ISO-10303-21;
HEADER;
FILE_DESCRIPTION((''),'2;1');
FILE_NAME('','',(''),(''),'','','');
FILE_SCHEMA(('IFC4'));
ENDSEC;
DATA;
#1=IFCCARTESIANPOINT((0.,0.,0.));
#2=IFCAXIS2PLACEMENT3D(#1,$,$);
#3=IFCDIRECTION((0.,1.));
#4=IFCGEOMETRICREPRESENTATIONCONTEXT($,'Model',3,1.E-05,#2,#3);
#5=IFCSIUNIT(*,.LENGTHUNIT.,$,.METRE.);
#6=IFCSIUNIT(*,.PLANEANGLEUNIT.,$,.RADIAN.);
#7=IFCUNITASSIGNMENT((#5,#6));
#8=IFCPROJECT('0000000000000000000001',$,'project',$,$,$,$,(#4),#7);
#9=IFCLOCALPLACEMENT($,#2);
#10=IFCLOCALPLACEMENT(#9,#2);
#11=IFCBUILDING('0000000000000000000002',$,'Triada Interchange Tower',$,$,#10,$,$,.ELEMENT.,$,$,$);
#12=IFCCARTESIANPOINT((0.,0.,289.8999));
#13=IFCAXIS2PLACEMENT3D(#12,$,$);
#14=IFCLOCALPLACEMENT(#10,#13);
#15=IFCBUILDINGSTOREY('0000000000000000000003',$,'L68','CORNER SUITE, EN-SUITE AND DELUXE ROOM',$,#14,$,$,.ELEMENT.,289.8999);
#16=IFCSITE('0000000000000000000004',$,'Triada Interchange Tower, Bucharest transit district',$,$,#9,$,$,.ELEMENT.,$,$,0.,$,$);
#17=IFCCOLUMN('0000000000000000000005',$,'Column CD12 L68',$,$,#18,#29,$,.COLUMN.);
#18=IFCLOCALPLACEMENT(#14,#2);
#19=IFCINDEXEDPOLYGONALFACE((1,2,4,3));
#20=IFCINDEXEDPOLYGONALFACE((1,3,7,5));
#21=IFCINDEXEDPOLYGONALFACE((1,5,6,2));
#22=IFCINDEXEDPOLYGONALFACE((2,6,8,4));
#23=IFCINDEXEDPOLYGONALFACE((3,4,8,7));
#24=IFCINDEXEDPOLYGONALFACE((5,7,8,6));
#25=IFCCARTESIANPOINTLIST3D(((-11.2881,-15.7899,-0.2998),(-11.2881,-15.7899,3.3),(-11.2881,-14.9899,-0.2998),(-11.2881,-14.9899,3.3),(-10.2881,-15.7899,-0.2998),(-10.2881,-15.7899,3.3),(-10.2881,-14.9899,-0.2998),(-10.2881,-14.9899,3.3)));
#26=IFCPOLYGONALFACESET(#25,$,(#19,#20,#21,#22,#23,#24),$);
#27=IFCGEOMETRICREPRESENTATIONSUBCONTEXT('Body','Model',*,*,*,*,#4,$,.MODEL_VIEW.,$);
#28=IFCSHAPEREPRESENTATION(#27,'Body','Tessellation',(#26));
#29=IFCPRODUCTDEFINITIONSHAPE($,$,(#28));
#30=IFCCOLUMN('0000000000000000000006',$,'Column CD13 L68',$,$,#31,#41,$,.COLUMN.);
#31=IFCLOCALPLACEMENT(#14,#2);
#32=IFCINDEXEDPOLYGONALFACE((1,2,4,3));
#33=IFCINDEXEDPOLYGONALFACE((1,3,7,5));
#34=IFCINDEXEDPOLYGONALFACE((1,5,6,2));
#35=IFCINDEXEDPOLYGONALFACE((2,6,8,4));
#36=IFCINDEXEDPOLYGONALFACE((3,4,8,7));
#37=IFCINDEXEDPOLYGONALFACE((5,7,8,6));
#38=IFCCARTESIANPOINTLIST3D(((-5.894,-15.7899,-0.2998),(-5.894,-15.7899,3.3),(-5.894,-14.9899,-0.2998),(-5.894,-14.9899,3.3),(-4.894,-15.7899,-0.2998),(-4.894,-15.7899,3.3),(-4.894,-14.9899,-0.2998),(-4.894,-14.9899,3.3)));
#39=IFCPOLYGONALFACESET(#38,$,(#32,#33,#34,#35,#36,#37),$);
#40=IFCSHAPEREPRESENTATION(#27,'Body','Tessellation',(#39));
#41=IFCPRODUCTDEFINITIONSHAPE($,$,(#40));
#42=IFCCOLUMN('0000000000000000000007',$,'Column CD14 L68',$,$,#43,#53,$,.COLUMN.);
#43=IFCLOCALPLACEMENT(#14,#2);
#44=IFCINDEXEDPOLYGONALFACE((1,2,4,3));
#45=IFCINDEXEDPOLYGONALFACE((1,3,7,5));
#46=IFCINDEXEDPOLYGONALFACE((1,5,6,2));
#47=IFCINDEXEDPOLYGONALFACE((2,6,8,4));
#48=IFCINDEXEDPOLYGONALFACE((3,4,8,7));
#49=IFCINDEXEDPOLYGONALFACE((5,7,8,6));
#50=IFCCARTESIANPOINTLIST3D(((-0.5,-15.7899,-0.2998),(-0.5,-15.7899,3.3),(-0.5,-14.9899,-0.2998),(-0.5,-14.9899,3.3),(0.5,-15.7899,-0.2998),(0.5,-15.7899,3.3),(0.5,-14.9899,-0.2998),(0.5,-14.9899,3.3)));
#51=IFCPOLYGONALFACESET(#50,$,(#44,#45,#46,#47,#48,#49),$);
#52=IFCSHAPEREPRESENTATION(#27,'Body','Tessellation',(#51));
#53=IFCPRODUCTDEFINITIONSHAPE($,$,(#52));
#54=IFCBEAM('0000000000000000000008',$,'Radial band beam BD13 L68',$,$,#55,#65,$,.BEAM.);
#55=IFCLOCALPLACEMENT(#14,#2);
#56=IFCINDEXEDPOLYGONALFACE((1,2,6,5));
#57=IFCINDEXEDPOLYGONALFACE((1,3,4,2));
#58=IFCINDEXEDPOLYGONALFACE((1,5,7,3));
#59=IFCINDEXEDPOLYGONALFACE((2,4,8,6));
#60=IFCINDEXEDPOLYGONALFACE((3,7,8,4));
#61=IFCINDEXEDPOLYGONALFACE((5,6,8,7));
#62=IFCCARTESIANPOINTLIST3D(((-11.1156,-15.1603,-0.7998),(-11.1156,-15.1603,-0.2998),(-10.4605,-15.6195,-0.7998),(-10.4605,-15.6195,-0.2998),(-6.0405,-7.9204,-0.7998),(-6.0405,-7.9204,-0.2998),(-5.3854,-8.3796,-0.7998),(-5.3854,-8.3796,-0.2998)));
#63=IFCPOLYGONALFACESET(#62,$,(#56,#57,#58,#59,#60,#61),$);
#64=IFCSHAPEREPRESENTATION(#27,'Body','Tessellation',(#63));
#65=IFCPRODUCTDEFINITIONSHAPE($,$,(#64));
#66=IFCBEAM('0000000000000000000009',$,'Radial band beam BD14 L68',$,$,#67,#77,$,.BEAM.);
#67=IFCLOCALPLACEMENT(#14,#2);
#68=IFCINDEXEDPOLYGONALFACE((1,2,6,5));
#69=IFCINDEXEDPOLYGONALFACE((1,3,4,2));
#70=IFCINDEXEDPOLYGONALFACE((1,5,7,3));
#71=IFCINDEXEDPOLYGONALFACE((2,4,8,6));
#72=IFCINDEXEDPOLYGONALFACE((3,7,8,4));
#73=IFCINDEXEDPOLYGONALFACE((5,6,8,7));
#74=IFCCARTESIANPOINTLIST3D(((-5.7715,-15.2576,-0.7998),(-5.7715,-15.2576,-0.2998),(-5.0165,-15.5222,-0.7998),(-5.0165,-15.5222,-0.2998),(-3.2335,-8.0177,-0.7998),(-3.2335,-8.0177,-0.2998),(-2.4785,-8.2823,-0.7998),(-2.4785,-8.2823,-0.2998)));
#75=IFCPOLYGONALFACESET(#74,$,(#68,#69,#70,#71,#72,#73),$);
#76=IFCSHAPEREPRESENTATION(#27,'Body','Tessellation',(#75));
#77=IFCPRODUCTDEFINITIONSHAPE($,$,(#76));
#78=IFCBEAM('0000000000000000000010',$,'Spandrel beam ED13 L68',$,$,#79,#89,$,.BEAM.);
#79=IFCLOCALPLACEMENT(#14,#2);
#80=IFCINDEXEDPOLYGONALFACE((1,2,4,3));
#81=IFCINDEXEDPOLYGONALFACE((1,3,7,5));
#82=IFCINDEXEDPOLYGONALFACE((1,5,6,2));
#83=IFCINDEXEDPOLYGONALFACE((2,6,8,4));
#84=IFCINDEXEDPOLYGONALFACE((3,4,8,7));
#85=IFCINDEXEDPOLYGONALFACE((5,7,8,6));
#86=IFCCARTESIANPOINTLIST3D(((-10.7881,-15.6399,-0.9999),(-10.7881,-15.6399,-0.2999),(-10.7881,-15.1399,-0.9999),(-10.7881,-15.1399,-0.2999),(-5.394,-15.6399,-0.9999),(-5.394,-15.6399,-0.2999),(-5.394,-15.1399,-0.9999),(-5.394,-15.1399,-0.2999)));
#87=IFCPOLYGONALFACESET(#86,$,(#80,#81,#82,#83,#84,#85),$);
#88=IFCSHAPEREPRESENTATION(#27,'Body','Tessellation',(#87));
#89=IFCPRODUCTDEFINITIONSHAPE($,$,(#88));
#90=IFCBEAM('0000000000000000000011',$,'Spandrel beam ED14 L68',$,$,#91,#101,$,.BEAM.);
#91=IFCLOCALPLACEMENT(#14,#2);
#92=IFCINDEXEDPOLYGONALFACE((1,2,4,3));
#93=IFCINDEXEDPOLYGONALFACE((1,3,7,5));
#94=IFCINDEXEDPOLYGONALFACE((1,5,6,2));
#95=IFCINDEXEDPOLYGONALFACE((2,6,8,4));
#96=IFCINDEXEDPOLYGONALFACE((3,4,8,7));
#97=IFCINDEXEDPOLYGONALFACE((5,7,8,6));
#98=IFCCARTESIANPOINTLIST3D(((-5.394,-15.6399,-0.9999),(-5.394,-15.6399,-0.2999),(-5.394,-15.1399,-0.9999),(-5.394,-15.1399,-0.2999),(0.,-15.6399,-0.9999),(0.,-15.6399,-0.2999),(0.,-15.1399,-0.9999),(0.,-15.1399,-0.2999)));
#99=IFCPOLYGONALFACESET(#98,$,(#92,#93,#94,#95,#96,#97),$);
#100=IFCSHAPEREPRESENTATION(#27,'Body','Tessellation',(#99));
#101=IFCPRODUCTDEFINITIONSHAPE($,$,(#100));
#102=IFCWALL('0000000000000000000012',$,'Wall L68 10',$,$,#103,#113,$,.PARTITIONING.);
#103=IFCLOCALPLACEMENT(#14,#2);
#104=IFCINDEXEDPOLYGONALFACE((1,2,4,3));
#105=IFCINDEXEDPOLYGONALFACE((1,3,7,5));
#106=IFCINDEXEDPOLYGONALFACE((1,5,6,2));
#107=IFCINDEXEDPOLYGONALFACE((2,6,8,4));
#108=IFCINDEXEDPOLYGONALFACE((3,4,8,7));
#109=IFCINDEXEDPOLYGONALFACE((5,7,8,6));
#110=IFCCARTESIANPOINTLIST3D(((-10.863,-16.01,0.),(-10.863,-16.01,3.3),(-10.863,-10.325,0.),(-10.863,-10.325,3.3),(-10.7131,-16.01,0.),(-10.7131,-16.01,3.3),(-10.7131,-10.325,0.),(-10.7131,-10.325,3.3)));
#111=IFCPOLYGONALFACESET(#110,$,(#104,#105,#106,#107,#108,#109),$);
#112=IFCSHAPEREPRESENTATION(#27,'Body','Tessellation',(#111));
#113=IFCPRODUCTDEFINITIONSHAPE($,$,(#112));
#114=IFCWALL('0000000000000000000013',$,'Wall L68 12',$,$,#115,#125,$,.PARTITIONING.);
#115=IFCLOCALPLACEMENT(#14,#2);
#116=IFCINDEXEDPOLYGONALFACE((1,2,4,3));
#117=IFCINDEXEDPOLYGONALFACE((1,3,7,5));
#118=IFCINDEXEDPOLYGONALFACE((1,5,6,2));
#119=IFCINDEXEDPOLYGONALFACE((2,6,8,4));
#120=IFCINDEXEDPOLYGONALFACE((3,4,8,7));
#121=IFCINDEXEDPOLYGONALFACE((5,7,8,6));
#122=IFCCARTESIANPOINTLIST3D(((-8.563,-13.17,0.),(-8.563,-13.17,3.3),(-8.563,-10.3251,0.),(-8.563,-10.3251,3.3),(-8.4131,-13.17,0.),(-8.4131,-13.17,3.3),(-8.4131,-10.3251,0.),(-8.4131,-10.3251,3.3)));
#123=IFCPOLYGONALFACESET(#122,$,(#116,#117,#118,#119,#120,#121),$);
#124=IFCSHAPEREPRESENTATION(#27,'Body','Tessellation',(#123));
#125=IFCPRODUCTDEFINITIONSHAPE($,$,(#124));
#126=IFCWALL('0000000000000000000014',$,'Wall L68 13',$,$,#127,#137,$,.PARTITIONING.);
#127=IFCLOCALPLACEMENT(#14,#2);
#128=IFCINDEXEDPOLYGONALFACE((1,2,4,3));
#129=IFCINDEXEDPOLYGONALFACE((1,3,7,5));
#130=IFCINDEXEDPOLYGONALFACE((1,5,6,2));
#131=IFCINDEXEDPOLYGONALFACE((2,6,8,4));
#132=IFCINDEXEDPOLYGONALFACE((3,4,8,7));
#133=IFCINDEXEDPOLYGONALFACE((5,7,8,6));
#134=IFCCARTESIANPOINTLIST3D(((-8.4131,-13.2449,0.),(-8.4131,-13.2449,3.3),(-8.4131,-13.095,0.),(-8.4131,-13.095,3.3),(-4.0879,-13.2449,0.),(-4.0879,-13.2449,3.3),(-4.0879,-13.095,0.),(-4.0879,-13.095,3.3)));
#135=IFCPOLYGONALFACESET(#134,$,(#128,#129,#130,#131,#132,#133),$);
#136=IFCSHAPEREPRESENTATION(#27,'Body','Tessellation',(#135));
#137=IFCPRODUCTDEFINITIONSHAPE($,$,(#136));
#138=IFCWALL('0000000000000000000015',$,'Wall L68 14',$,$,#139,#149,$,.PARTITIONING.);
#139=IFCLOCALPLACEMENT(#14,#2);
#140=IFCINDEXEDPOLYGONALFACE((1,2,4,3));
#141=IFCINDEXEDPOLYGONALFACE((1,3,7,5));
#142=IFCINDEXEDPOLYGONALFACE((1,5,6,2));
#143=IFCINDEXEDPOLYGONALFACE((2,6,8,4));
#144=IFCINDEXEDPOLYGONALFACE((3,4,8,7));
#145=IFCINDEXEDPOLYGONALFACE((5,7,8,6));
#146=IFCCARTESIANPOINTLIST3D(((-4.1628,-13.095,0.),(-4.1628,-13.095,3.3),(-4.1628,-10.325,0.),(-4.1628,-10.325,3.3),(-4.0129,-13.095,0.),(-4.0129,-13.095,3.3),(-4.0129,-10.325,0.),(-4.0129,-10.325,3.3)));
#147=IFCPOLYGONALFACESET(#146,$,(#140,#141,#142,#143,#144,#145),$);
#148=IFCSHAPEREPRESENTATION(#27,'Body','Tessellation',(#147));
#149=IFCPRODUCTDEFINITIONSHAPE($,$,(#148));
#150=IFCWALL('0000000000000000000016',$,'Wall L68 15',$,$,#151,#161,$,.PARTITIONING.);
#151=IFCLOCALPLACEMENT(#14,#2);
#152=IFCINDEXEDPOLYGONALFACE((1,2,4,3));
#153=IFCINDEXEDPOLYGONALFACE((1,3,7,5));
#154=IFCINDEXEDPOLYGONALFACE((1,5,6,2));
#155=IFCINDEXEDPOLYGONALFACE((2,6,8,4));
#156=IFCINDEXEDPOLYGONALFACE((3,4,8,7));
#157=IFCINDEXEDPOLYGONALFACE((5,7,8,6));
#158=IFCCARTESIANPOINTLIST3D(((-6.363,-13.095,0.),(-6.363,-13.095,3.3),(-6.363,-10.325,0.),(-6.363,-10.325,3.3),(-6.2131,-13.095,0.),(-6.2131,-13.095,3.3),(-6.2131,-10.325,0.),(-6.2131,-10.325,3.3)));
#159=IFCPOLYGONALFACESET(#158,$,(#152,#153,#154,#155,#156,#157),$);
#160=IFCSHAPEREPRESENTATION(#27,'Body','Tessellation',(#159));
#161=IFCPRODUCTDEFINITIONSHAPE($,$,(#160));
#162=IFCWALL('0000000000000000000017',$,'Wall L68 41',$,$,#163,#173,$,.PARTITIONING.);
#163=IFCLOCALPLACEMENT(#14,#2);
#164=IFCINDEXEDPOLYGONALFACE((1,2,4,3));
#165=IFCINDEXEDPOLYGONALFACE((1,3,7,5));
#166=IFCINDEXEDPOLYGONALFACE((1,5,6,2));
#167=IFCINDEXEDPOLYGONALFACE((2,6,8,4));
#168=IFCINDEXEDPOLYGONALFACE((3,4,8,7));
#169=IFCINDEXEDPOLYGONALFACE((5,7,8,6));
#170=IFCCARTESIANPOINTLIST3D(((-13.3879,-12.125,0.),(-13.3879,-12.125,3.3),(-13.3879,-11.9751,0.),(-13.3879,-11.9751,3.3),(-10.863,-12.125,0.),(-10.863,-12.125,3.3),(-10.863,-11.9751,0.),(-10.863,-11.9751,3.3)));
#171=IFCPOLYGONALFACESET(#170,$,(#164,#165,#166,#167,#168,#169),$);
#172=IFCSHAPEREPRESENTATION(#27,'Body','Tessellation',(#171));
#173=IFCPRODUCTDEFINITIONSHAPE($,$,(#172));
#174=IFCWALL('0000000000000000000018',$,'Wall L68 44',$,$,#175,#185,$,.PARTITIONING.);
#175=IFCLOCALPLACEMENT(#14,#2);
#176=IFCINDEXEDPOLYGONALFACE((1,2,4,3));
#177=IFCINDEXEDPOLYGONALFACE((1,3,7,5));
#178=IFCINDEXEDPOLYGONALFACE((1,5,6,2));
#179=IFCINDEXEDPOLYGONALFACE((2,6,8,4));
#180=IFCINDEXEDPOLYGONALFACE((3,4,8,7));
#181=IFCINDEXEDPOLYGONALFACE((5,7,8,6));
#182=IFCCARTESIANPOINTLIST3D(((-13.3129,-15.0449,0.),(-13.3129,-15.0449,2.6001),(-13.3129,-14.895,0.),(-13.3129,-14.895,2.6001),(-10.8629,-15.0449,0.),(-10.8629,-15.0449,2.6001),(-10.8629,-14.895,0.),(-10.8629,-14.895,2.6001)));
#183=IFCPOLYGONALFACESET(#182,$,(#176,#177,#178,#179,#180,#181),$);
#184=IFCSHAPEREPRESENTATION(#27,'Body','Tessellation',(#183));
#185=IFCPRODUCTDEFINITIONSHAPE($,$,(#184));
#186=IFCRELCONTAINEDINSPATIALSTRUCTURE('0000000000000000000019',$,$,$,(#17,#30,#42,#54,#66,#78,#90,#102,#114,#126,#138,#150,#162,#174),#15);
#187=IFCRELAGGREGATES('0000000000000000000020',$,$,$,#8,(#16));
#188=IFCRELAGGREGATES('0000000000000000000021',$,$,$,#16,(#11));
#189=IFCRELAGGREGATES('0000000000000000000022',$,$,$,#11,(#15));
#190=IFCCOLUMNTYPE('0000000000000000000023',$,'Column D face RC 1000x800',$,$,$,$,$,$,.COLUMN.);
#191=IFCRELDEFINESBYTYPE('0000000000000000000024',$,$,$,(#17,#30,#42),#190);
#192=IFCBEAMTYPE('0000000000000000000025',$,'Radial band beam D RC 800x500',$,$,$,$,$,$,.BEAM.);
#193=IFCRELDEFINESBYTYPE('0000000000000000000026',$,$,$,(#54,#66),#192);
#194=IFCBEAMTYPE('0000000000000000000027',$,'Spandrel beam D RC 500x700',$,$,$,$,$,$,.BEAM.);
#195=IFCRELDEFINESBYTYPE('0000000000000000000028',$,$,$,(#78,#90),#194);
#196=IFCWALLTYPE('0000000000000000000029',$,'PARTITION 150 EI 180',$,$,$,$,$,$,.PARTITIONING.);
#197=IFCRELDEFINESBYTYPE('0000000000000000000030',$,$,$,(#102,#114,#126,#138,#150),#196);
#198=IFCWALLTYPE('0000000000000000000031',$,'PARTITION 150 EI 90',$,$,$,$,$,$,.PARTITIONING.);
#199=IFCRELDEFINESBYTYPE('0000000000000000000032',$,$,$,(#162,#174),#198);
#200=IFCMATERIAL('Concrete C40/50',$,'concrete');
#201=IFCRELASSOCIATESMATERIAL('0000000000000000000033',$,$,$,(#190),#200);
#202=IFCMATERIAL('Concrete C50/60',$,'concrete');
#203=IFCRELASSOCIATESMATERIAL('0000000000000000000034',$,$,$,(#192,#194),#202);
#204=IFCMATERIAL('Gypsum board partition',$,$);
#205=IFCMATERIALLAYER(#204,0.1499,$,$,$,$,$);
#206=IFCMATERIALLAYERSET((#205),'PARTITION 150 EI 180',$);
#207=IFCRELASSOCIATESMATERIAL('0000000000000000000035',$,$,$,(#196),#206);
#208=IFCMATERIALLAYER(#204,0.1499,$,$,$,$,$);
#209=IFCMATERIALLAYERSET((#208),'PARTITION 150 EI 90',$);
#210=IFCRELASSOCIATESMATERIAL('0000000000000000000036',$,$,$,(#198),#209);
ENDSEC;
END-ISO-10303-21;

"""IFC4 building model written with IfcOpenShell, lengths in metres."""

from ifc_helpers import new_model, si_unit, direction, frame, frame_2d, origin, origin_2d, place, context, subcontext, project, spatial, rectangle, extrude, material, layer, layer_set, material_profile, profile_set, type_object, element, save


model = new_model("IFC4")

# Units and contexts
model_context = context("Model", 3, precision=1e-05, world=origin(), true_north=direction((0.0, 1.0)))
body_context = subcontext(model_context, "Body", "Model", "MODEL_VIEW")
ifc_project = project(units=[si_unit("LENGTHUNIT", "METRE"), si_unit("PLANEANGLEUNIT", "RADIAN")], contexts=[model_context])

# Site, building, storey
site_placement = place(None, origin())
site = spatial("IfcSite", under=ifc_project, at=site_placement, Name="Triada Interchange Tower, Bucharest transit district", CompositionType="ELEMENT", RefElevation=0.0)
building_placement = place(site_placement, origin())
building = spatial("IfcBuilding", under=site, at=building_placement, Name="Triada Interchange Tower", CompositionType="ELEMENT")
storey_placement = place(building_placement, frame((0.0, 0.0, 289.8999)))
storey = spatial("IfcBuildingStorey", under=building, at=storey_placement, Name="L68", Description="CORNER SUITE, EN-SUITE AND DELUXE ROOM", CompositionType="ELEMENT", Elevation=289.8999)

# Columns
ifc_material_1 = material(Name="Concrete C40/50", Category="concrete")
ifc_material_profile_1 = material_profile(ifc_material_1, rectangle(XDim=1.0, YDim=0.8, at=origin_2d()), Name="RC 1000x800")
ifc_profile_set_1 = profile_set([ifc_material_profile_1], Name="Concrete C40/50")
column_type = type_object("IfcColumnType", Name="Column D face RC 1000x800", PredefinedType="COLUMN", material=ifc_profile_set_1)
for number, where, z_axis, x_axis, name in (
    (1, (-10.7881, -15.3899, -0.2998), (0.0, 0.0, 1.0), (1.0, 0.0, 0.0), "Column CD12 L68"),
    (2, (-5.394, -15.3899, -0.2998), (0.0, 0.0, 1.0), (1.0, 0.0, 0.0), "Column CD13 L68"),
    (3, (0.0, -15.3899, -0.2998), (0.0, 0.0, 1.0), (1.0, 0.0, 0.0), "Column CD14 L68"),
):
    element("IfcColumn", number, at=place(storey_placement, frame(where, z_axis=z_axis, x_axis=x_axis)), inside=storey, type_object=column_type, Name=name, PredefinedType="COLUMN", context=body_context, shape_type="SweptSolid", body=[
        extrude(rectangle(XDim=1.0, YDim=0.8, at=origin_2d()), origin(), (0.0, 0.0, 1.0), 3.5999),
    ])

# Beams
ifc_material_2 = material(Name="Concrete C50/60", Category="concrete")
ifc_material_profile_2 = material_profile(ifc_material_2, rectangle(XDim=0.8, YDim=0.5, at=origin_2d()), Name="RC 800x500")
ifc_profile_set_2 = profile_set([ifc_material_profile_2], Name="Concrete C50/60")
beam_type_1 = type_object("IfcBeamType", Name="Radial band beam D RC 800x500", PredefinedType="BEAM", material=ifc_profile_set_2)
beam_1_placement = place(storey_placement, frame((-10.7881, -15.3899, -0.5498), z_axis=(0.574009, 0.818849, 0.0), x_axis=(-0.818849, 0.574009, 0.0)))
element("IfcBeam", 4, at=beam_1_placement, inside=storey, type_object=beam_type_1, Name="Radial band beam BD13 L68", PredefinedType="BEAM", context=body_context, shape_type="SweptSolid", body=[
    extrude(rectangle(XDim=0.8, YDim=0.5, at=origin_2d()), origin(), (0.0, 0.0, 1.0), 8.8416),
])
beam_2_placement = place(storey_placement, frame((-5.394, -15.3899, -0.5498), z_axis=(0.330825, 0.943692, 0.0), x_axis=(-0.943692, 0.330825, 0.0)))
element("IfcBeam", 5, at=beam_2_placement, inside=storey, type_object=beam_type_1, Name="Radial band beam BD14 L68", PredefinedType="BEAM", context=body_context, shape_type="SweptSolid", body=[
    extrude(rectangle(XDim=0.8, YDim=0.5, at=origin_2d()), origin(), (0.0, 0.0, 1.0), 7.6719),
])
ifc_material_profile_3 = material_profile(ifc_material_2, rectangle(XDim=0.5, YDim=0.7, at=origin_2d()), Name="RC 500x700")
ifc_profile_set_3 = profile_set([ifc_material_profile_3], Name="Concrete C50/60")
beam_type_2 = type_object("IfcBeamType", Name="Spandrel beam D RC 500x700", PredefinedType="BEAM", material=ifc_profile_set_3)
for number, where, z_axis, x_axis, name in (
    (6, (-10.7881, -15.3899, -0.6499), (1.0, 0.0, 0.0), (0.0, 1.0, 0.0), "Spandrel beam ED13 L68"),
    (7, (-5.394, -15.3899, -0.6499), (1.0, 0.0, 0.0), (0.0, 1.0, 0.0), "Spandrel beam ED14 L68"),
):
    element("IfcBeam", number, at=place(storey_placement, frame(where, z_axis=z_axis, x_axis=x_axis)), inside=storey, type_object=beam_type_2, Name=name, PredefinedType="BEAM", context=body_context, shape_type="SweptSolid", body=[
        extrude(rectangle(XDim=0.5, YDim=0.7, at=origin_2d()), origin(), (0.0, 0.0, 1.0), 5.394),
    ])

# Walls
ifc_material_3 = material(Name="Gypsum board partition")
ifc_layer_1 = layer(ifc_material_3, 0.1499)
ifc_layer_set_1 = layer_set([ifc_layer_1], Name="PARTITION 150 EI 180")
wall_type_1 = type_object("IfcWallType", Name="PARTITION 150 EI 180", PredefinedType="PARTITIONING", material=ifc_layer_set_1)
wall_1_placement = place(storey_placement, frame((-10.7881, -16.01, 0.0), z_axis=(0.0, 0.0, 1.0), x_axis=(0.0, 1.0, 0.0)))
element("IfcWall", 8, at=wall_1_placement, inside=storey, type_object=wall_type_1, Name="Wall L68 10", PredefinedType="PARTITIONING", context=body_context, shape_type="SweptSolid", body=[
    extrude(rectangle(XDim=5.6851, YDim=0.1499, at=frame_2d((2.8425, 0.0))), origin(), (0.0, 0.0, 1.0), 3.3),
])
wall_2_placement = place(storey_placement, frame((-8.488, -13.1699, 0.0), z_axis=(0.0, 0.0, 1.0), x_axis=(0.0, 1.0, 0.0)))
element("IfcWall", 9, at=wall_2_placement, inside=storey, type_object=wall_type_1, Name="Wall L68 12", PredefinedType="PARTITIONING", context=body_context, shape_type="SweptSolid", body=[
    extrude(rectangle(XDim=2.845, YDim=0.1499, at=frame_2d((1.4224, 0.0))), origin(), (0.0, 0.0, 1.0), 3.3),
])
wall_3_placement = place(storey_placement, frame((-8.4131, -13.1699, 0.0), z_axis=(0.0, 0.0, 1.0), x_axis=(1.0, 0.0, 0.0)))
element("IfcWall", 10, at=wall_3_placement, inside=storey, type_object=wall_type_1, Name="Wall L68 13", PredefinedType="PARTITIONING", context=body_context, shape_type="SweptSolid", body=[
    extrude(rectangle(XDim=4.3252, YDim=0.1499, at=frame_2d((2.1626, 0.0))), origin(), (0.0, 0.0, 1.0), 3.3),
])
for number, where, z_axis, x_axis, name in (
    (11, (-4.0879, -13.095, 0.0), (0.0, 0.0, 1.0), (0.0, 1.0, 0.0), "Wall L68 14"),
    (12, (-6.2881, -13.095, 0.0), (0.0, 0.0, 1.0), (0.0, 1.0, 0.0), "Wall L68 15"),
):
    element("IfcWall", number, at=place(storey_placement, frame(where, z_axis=z_axis, x_axis=x_axis)), inside=storey, type_object=wall_type_1, Name=name, PredefinedType="PARTITIONING", context=body_context, shape_type="SweptSolid", body=[
        extrude(rectangle(XDim=2.77, YDim=0.1499, at=frame_2d((1.385, 0.0))), origin(), (0.0, 0.0, 1.0), 3.3),
    ])
ifc_layer_2 = layer(ifc_material_3, 0.1499)
ifc_layer_set_2 = layer_set([ifc_layer_2], Name="PARTITION 150 EI 90")
wall_type_2 = type_object("IfcWallType", Name="PARTITION 150 EI 90", PredefinedType="PARTITIONING", material=ifc_layer_set_2)
wall_4_placement = place(storey_placement, frame((-13.3879, -12.05, 0.0), z_axis=(0.0, 0.0, 1.0), x_axis=(1.0, 0.0, 0.0)))
element("IfcWall", 13, at=wall_4_placement, inside=storey, type_object=wall_type_2, Name="Wall L68 41", PredefinedType="PARTITIONING", context=body_context, shape_type="SweptSolid", body=[
    extrude(rectangle(XDim=2.5249, YDim=0.1499, at=frame_2d((1.2625, 0.0))), origin(), (0.0, 0.0, 1.0), 3.3),
])
wall_5_placement = place(storey_placement, frame((-13.313, -14.97, 0.0), z_axis=(0.0, 0.0, 1.0), x_axis=(1.0, 0.0, 0.0)))
element("IfcWall", 14, at=wall_5_placement, inside=storey, type_object=wall_type_2, Name="Wall L68 44", PredefinedType="PARTITIONING", context=body_context, shape_type="SweptSolid", body=[
    extrude(rectangle(XDim=2.45, YDim=0.1499, at=frame_2d((1.2251, 0.0))), origin(), (0.0, 0.0, 1.0), 2.6001),
])

save(model, "model.ifc")
